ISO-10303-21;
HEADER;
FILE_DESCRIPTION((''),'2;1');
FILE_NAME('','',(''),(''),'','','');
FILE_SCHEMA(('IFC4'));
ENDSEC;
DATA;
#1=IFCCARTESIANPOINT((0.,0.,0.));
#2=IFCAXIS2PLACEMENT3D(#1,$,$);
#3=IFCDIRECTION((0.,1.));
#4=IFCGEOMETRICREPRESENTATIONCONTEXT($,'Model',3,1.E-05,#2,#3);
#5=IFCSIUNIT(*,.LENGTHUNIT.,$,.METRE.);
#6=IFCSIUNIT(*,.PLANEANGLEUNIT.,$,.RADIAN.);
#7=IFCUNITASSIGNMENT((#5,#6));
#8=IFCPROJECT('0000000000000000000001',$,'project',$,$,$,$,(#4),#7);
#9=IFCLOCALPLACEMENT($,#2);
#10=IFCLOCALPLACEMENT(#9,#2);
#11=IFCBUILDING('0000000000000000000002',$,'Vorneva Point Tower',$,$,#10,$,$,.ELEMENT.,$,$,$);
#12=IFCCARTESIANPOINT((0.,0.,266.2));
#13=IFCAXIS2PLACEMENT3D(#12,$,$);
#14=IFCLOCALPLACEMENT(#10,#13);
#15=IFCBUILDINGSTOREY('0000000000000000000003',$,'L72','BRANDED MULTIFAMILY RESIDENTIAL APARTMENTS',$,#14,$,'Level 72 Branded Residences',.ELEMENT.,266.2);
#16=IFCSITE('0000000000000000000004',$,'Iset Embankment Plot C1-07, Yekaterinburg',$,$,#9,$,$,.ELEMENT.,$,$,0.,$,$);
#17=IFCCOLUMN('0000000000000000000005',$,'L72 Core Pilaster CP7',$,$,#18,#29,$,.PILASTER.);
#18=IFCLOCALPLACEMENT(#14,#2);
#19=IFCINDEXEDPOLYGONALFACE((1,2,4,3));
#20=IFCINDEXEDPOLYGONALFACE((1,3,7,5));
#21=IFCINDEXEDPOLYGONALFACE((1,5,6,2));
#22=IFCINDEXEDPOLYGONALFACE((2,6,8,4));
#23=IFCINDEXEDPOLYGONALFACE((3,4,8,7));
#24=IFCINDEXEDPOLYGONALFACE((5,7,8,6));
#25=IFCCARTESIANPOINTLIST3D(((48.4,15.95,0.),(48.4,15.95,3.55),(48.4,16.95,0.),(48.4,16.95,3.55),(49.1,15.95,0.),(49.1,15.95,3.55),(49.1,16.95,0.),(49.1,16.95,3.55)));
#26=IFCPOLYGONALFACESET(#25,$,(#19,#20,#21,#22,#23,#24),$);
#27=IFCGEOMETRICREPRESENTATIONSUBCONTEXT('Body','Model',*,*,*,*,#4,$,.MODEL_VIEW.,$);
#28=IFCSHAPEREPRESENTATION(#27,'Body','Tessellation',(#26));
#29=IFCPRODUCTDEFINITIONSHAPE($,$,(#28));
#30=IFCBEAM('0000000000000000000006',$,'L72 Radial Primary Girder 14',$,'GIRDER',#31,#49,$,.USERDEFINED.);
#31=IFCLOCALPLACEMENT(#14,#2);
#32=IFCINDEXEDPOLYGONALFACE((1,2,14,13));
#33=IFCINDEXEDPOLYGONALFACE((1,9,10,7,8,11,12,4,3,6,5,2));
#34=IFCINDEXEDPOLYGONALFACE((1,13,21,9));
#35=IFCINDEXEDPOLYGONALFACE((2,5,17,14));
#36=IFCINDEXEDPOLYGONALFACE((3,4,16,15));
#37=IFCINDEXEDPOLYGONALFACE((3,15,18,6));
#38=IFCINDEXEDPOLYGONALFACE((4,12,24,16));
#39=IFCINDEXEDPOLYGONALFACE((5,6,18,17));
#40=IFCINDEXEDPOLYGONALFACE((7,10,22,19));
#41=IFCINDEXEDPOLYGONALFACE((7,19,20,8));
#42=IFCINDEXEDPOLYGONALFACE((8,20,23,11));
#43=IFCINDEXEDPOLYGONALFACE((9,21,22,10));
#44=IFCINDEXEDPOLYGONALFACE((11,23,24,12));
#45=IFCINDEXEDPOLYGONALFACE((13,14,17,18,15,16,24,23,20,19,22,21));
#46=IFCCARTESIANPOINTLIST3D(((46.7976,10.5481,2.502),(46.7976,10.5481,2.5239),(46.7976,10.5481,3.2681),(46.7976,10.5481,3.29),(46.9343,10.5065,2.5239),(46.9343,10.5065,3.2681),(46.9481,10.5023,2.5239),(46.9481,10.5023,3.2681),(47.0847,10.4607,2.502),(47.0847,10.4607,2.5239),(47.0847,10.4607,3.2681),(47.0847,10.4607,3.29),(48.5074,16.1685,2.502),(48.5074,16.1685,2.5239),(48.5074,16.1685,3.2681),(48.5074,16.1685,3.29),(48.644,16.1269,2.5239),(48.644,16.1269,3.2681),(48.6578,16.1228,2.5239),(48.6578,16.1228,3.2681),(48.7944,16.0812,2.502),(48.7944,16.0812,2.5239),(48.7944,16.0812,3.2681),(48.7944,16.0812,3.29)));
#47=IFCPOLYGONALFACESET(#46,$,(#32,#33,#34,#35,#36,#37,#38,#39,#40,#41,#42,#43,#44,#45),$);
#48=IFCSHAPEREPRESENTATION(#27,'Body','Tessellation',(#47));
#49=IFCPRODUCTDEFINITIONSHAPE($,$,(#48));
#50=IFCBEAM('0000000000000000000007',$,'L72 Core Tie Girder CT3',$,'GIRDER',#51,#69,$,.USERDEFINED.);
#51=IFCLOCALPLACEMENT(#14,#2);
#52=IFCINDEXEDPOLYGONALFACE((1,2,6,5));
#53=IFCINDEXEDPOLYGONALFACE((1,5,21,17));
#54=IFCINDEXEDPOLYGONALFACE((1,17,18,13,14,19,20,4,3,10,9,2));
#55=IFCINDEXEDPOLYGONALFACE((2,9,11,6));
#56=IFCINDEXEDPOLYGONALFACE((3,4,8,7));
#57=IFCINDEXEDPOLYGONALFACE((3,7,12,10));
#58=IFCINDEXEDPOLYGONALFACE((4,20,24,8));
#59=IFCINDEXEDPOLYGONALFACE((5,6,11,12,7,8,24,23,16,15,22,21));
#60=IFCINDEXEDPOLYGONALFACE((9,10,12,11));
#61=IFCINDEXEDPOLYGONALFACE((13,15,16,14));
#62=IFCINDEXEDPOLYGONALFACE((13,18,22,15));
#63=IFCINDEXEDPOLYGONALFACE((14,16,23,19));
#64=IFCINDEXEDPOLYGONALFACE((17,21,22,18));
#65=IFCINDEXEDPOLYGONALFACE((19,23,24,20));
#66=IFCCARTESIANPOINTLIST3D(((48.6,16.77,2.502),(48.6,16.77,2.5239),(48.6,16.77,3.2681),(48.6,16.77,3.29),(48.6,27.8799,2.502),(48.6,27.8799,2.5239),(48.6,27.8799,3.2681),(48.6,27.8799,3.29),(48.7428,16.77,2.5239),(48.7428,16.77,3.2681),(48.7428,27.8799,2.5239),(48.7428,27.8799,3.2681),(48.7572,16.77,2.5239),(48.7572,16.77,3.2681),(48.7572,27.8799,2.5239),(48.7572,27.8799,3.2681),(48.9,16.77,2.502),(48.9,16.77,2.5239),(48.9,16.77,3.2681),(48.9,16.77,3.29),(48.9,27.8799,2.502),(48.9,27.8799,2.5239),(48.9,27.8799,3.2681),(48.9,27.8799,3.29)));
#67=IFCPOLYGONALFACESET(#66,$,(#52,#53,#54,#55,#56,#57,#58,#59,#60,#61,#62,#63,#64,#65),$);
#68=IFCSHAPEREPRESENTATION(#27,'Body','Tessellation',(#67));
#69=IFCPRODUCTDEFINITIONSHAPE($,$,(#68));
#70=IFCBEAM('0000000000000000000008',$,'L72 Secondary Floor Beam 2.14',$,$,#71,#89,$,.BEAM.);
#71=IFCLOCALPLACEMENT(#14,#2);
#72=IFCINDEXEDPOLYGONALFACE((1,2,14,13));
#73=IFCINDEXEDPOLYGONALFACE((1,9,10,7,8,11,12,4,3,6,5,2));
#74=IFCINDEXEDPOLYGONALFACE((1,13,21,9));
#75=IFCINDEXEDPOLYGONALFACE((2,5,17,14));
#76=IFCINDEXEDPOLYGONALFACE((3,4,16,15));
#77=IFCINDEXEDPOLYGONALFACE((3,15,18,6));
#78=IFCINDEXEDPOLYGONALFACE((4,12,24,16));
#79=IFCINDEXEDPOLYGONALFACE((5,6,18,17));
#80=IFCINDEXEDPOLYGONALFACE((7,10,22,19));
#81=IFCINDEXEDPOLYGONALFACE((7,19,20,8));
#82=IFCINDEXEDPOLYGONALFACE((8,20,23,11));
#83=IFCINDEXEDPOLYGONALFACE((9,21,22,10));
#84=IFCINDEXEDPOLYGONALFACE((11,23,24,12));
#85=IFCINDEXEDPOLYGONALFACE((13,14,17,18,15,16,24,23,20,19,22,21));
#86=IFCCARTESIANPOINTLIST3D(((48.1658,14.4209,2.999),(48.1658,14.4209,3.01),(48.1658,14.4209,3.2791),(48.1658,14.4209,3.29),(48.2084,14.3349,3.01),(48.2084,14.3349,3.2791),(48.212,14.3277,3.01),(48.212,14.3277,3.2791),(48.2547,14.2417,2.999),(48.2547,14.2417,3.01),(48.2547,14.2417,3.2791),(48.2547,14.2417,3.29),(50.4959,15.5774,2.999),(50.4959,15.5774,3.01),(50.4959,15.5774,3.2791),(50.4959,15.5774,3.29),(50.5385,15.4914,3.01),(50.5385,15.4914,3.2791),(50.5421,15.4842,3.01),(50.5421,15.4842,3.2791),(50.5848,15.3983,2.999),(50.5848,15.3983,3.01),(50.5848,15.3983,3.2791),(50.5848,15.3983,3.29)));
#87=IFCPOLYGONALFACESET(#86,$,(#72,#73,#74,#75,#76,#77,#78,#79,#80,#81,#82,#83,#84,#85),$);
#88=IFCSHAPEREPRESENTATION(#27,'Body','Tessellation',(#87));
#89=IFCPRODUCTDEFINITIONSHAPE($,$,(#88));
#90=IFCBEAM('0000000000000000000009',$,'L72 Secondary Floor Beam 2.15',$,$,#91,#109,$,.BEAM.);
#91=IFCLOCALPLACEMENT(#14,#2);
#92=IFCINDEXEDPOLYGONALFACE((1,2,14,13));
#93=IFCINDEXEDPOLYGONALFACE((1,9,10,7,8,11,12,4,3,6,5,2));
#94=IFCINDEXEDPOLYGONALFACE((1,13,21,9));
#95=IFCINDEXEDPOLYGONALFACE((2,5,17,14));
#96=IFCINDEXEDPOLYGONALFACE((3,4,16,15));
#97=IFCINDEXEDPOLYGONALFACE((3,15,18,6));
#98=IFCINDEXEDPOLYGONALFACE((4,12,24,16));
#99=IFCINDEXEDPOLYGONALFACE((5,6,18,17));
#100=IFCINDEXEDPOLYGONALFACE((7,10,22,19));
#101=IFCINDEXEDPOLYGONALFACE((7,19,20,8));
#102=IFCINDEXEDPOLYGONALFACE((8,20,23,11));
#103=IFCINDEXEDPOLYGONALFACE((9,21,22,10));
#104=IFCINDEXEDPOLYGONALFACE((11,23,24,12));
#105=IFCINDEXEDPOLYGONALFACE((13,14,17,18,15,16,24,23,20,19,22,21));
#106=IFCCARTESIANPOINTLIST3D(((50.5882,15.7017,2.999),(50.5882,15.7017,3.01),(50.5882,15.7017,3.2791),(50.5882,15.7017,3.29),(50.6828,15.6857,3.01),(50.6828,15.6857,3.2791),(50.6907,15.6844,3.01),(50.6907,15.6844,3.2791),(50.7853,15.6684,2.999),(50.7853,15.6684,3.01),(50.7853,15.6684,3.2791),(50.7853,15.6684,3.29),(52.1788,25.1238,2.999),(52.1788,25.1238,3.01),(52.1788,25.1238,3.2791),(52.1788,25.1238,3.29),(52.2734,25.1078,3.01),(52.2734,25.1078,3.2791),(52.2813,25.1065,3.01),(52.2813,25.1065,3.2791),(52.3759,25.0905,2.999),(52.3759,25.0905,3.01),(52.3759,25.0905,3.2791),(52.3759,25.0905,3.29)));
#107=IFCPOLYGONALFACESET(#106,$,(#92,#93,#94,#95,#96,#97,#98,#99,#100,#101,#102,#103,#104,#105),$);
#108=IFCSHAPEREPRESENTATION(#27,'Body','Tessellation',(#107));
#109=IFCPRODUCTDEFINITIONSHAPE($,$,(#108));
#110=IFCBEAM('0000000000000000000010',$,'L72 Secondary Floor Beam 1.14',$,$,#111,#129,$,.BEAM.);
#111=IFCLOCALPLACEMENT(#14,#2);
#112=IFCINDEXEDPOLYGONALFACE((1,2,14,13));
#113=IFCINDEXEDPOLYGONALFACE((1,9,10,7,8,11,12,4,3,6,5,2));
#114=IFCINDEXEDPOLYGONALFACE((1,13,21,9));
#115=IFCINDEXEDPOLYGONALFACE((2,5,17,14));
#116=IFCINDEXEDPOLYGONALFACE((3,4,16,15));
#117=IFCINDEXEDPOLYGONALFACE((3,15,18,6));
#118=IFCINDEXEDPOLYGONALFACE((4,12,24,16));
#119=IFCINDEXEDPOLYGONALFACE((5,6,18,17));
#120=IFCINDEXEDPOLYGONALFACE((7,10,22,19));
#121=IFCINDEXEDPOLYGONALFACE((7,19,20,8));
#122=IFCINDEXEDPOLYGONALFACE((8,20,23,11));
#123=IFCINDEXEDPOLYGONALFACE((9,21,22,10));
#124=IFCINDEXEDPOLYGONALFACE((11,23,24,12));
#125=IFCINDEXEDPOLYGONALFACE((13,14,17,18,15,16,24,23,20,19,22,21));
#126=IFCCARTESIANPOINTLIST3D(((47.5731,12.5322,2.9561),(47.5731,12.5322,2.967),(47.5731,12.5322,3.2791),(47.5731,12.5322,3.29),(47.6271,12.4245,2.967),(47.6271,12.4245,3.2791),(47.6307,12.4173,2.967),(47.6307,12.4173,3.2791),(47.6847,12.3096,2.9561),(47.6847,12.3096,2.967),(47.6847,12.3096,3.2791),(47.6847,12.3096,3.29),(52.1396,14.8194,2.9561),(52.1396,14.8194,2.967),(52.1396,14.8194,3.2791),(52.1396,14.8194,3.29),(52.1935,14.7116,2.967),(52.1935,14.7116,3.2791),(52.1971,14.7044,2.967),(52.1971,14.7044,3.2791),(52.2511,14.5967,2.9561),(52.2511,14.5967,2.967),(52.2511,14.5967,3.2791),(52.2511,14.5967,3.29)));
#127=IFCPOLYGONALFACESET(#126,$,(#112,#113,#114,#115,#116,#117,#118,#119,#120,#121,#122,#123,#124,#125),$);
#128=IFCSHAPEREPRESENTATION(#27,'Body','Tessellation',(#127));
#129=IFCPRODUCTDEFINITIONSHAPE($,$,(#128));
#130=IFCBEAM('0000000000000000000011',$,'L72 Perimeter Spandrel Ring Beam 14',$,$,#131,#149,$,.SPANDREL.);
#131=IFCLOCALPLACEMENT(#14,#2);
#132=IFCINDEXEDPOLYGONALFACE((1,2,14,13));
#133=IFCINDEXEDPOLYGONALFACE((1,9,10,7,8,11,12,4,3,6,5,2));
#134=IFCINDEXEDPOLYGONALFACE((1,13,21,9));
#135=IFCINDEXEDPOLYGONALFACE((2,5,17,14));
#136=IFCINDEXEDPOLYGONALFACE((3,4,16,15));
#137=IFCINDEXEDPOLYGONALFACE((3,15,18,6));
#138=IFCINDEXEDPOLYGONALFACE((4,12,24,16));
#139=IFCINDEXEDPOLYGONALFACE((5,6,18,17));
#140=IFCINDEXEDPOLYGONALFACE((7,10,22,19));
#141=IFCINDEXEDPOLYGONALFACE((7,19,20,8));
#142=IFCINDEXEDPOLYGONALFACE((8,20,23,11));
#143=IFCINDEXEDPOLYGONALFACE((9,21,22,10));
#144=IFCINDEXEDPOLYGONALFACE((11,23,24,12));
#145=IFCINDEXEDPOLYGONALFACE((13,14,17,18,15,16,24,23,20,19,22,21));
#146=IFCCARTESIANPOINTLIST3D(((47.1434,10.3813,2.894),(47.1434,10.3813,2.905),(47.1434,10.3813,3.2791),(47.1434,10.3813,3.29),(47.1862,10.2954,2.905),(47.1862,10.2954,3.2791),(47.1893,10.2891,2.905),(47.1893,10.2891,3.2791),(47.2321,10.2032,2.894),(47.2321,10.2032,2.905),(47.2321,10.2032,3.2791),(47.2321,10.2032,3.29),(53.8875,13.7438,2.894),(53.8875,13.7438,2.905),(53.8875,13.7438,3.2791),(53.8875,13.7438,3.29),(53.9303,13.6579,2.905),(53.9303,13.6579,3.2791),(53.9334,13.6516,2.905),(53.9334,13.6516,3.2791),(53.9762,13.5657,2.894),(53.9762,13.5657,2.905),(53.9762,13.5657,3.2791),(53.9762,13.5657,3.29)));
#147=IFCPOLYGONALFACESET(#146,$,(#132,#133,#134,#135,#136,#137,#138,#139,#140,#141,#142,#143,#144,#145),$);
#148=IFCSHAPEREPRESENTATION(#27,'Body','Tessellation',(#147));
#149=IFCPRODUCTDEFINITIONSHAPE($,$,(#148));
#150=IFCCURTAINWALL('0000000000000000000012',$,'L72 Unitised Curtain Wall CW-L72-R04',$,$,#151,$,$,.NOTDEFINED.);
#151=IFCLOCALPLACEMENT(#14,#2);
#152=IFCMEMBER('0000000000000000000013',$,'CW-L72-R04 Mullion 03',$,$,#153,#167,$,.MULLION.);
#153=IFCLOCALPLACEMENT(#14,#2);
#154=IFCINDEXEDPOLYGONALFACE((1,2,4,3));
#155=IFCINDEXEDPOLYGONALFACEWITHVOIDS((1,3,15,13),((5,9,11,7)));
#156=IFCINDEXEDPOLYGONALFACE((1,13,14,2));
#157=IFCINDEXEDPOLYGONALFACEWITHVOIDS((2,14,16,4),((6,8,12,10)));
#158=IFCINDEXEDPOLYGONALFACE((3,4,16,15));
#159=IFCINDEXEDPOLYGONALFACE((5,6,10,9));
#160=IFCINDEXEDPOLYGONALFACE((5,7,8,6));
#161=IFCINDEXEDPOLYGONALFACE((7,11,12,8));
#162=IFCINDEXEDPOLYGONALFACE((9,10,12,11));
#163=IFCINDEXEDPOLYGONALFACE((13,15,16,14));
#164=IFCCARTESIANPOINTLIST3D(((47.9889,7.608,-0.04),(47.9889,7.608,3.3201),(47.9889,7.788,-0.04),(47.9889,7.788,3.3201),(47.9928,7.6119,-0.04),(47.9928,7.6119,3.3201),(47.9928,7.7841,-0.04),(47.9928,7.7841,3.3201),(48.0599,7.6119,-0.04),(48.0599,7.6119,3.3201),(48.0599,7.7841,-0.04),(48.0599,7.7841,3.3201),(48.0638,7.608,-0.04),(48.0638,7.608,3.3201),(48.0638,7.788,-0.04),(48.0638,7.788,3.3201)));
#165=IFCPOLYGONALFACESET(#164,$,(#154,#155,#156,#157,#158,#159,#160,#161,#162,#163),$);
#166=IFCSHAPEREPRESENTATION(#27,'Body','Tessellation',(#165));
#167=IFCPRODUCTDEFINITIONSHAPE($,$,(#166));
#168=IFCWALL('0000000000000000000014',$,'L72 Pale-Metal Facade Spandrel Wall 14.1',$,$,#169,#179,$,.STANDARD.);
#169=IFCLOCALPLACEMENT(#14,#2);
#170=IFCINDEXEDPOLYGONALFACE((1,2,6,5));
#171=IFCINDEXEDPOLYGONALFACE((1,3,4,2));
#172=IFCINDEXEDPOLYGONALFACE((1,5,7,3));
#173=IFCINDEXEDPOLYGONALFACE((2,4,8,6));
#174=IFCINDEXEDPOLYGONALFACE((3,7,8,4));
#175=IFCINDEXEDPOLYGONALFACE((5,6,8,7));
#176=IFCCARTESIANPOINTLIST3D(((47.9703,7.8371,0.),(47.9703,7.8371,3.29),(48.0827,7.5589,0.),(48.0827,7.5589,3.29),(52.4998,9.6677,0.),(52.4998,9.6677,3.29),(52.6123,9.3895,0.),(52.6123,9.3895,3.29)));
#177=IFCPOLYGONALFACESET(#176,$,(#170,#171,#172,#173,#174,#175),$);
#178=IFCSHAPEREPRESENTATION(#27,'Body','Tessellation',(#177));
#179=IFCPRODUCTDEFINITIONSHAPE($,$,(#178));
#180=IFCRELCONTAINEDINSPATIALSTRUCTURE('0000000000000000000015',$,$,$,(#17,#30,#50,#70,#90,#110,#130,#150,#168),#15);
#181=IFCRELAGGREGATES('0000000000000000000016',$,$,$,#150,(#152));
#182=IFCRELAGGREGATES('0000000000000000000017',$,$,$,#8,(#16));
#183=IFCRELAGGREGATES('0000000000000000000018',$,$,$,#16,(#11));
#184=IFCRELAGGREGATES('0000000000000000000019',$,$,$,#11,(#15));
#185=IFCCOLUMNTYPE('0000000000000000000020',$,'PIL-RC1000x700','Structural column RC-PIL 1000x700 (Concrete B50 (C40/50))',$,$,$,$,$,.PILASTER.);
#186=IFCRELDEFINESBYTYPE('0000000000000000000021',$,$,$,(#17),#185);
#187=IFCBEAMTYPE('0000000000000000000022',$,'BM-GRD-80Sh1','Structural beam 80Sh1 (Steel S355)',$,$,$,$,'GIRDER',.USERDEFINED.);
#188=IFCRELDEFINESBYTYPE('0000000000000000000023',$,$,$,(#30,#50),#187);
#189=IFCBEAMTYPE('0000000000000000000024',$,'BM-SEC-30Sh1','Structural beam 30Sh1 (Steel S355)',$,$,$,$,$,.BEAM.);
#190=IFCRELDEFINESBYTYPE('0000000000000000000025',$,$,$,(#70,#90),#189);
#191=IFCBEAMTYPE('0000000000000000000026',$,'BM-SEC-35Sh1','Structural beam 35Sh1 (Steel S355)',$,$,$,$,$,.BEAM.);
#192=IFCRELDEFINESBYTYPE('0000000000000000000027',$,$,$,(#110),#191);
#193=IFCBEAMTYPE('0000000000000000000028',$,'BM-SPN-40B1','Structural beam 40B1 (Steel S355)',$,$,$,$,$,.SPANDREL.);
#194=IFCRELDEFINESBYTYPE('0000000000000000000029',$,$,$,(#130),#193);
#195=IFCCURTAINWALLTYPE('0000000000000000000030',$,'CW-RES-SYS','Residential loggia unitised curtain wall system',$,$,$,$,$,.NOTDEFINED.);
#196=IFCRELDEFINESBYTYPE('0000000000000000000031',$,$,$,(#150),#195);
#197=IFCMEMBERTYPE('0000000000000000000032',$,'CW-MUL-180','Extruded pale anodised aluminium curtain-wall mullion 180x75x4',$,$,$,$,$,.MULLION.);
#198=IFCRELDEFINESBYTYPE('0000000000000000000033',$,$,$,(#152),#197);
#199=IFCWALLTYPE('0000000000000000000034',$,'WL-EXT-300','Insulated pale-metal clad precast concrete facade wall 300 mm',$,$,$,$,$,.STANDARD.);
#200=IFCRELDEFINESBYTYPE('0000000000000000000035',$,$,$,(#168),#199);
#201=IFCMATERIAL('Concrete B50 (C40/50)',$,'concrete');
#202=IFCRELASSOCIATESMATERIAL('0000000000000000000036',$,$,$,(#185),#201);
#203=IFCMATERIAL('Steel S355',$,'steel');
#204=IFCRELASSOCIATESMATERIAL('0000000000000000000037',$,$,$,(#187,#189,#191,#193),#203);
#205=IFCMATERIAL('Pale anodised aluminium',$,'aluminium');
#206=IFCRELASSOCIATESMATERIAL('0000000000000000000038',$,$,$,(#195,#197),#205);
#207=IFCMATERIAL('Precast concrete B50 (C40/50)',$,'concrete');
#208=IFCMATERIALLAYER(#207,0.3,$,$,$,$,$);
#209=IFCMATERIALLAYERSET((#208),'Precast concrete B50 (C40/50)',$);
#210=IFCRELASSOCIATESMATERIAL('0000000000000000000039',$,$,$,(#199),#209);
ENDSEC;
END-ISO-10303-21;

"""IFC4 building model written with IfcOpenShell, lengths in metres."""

from ifc_helpers import new_model, si_unit, direction, frame, frame_2d, origin, origin_2d, place, context, subcontext, project, spatial, rectangle, hollow_rectangle, i_section, extrude, material, layer, layer_set, material_profile, profile_set, type_object, element, aggregate, save


model = new_model("IFC4")

# Units and contexts
model_context = context("Model", 3, precision=1e-05, world=origin(), true_north=direction((0.0, 1.0)))
body_context = subcontext(model_context, "Body", "Model", "MODEL_VIEW")
ifc_project = project(units=[si_unit("LENGTHUNIT", "METRE"), si_unit("PLANEANGLEUNIT", "RADIAN")], contexts=[model_context])

# Site, building, storey
site_placement = place(None, origin())
site = spatial("IfcSite", under=ifc_project, at=site_placement, Name="Iset Embankment Plot C1-07, Yekaterinburg", CompositionType="ELEMENT", RefElevation=0.0)
building_placement = place(site_placement, origin())
building = spatial("IfcBuilding", under=site, at=building_placement, Name="Vorneva Point Tower", CompositionType="ELEMENT")
storey_placement = place(building_placement, frame((0.0, 0.0, 266.2)))
storey = spatial("IfcBuildingStorey", under=building, at=storey_placement, Name="L72", Description="BRANDED MULTIFAMILY RESIDENTIAL APARTMENTS", LongName="Level 72 Branded Residences", CompositionType="ELEMENT", Elevation=266.2)

# Column
ifc_material_1 = material(Name="Concrete B50 (C40/50)", Category="concrete")
ifc_material_profile_1 = material_profile(ifc_material_1, rectangle(XDim=0.7, YDim=1.0, at=origin_2d()), Name="RC-PIL 1000x700")
ifc_profile_set_1 = profile_set([ifc_material_profile_1], Name="Concrete B50 (C40/50)")
column_type_1 = type_object("IfcColumnType", Name="PIL-RC1000x700", Description="Structural column RC-PIL 1000x700 (Concrete B50 (C40/50))", PredefinedType="PILASTER", material=ifc_profile_set_1)
column_1_placement = place(storey_placement, frame((48.75, 16.45, 0.0), z_axis=(0.0, 0.0, 1.0), x_axis=(1.0, 0.0, 0.0)))
element("IfcColumn", 1, at=column_1_placement, inside=storey, type_object=column_type_1, Name="L72 Core Pilaster CP7", PredefinedType="PILASTER", context=body_context, shape_type="SweptSolid", body=[
    extrude(rectangle(XDim=0.7, YDim=1.0, at=origin_2d()), origin(), (0.0, 0.0, 1.0), 3.55),
])

# Beams
ifc_material_2 = material(Name="Steel S355", Category="steel")
ifc_material_profile_2 = material_profile(ifc_material_2, i_section(OverallWidth=0.3, OverallDepth=0.7881, WebThickness=0.0144, FlangeThickness=0.022, at=origin_2d()), Name="80Sh1")
ifc_profile_set_2 = profile_set([ifc_material_profile_2], Name="Steel S355")
beam_type_1 = type_object("IfcBeamType", Name="BM-GRD-80Sh1", Description="Structural beam 80Sh1 (Steel S355)", ElementType="GIRDER", PredefinedType="USERDEFINED", material=ifc_profile_set_2)
beam_1_placement = place(storey_placement, frame((46.9412, 10.5044, 2.896), z_axis=(0.291033, 0.956713, 0.0), x_axis=(-0.956713, 0.291033, 0.0)))
element("IfcBeam", 2, at=beam_1_placement, inside=storey, type_object=beam_type_1, Name="L72 Radial Primary Girder 14", ObjectType="GIRDER", PredefinedType="USERDEFINED", context=body_context, shape_type="SweptSolid", body=[
    extrude(i_section(OverallWidth=0.3, OverallDepth=0.7881, WebThickness=0.0144, FlangeThickness=0.022, at=origin_2d()), origin(), (0.0, 0.0, 1.0), 5.8748),
])
beam_2_placement = place(storey_placement, frame((48.75, 16.77, 2.896), z_axis=(0.0, 1.0, 0.0), x_axis=(-1.0, 0.0, 0.0)))
element("IfcBeam", 3, at=beam_2_placement, inside=storey, type_object=beam_type_1, Name="L72 Core Tie Girder CT3", ObjectType="GIRDER", PredefinedType="USERDEFINED", context=body_context, shape_type="SweptSolid", body=[
    extrude(i_section(OverallWidth=0.3, OverallDepth=0.7881, WebThickness=0.0144, FlangeThickness=0.022, at=origin_2d()), origin(), (0.0, 0.0, 1.0), 11.1099),
])
ifc_material_profile_3 = material_profile(ifc_material_2, i_section(OverallWidth=0.2, OverallDepth=0.291, WebThickness=0.0081, FlangeThickness=0.011, at=origin_2d()), Name="30Sh1")
ifc_profile_set_3 = profile_set([ifc_material_profile_3], Name="Steel S355")
beam_type_2 = type_object("IfcBeamType", Name="BM-SEC-30Sh1", Description="Structural beam 30Sh1 (Steel S355)", PredefinedType="BEAM", material=ifc_profile_set_3)
beam_3_placement = place(storey_placement, frame((48.2102, 14.3313, 3.1445), z_axis=(0.895737, 0.444584, 0.0), x_axis=(-0.444584, 0.895737, 0.0)))
element("IfcBeam", 4, at=beam_3_placement, inside=storey, type_object=beam_type_2, Name="L72 Secondary Floor Beam 2.14", PredefinedType="BEAM", context=body_context, shape_type="SweptSolid", body=[
    extrude(i_section(OverallWidth=0.2, OverallDepth=0.291, WebThickness=0.0081, FlangeThickness=0.011, at=origin_2d()), origin(), (0.0, 0.0, 1.0), 2.6013),
])
beam_4_placement = place(storey_placement, frame((50.6868, 15.6851, 3.1445), z_axis=(0.166458, 0.986049, 0.0), x_axis=(-0.986049, 0.166458, 0.0)))
element("IfcBeam", 5, at=beam_4_placement, inside=storey, type_object=beam_type_2, Name="L72 Secondary Floor Beam 2.15", PredefinedType="BEAM", context=body_context, shape_type="SweptSolid", body=[
    extrude(i_section(OverallWidth=0.2, OverallDepth=0.291, WebThickness=0.0081, FlangeThickness=0.011, at=origin_2d()), origin(), (0.0, 0.0, 1.0), 9.5554),
])
ifc_material_profile_4 = material_profile(ifc_material_2, i_section(OverallWidth=0.249, OverallDepth=0.334, WebThickness=0.0081, FlangeThickness=0.011, at=origin_2d()), Name="35Sh1")
ifc_profile_set_4 = profile_set([ifc_material_profile_4], Name="Steel S355")
beam_type_3 = type_object("IfcBeamType", Name="BM-SEC-35Sh1", Description="Structural beam 35Sh1 (Steel S355)", PredefinedType="BEAM", material=ifc_profile_set_4)
beam_5_placement = place(storey_placement, frame((47.6289, 12.4209, 3.123), z_axis=(0.894121, 0.447825, 0.0), x_axis=(-0.447825, 0.894121, 0.0)))
element("IfcBeam", 6, at=beam_5_placement, inside=storey, type_object=beam_type_3, Name="L72 Secondary Floor Beam 1.14", PredefinedType="BEAM", context=body_context, shape_type="SweptSolid", body=[
    extrude(i_section(OverallWidth=0.249, OverallDepth=0.334, WebThickness=0.0081, FlangeThickness=0.011, at=origin_2d()), origin(), (0.0, 0.0, 1.0), 5.1072),
])
ifc_material_profile_5 = material_profile(ifc_material_2, i_section(OverallWidth=0.199, OverallDepth=0.396, WebThickness=0.0071, FlangeThickness=0.011, at=origin_2d()), Name="40B1")
ifc_profile_set_5 = profile_set([ifc_material_profile_5], Name="Steel S355")
beam_type_4 = type_object("IfcBeamType", Name="BM-SPN-40B1", Description="Structural beam 40B1 (Steel S355)", PredefinedType="SPANDREL", material=ifc_profile_set_5)
beam_6_placement = place(storey_placement, frame((47.1877, 10.2922, 3.092), z_axis=(0.894932, 0.446203, 0.0), x_axis=(-0.446203, 0.894932, 0.0)))
element("IfcBeam", 7, at=beam_6_placement, inside=storey, type_object=beam_type_4, Name="L72 Perimeter Spandrel Ring Beam 14", PredefinedType="SPANDREL", context=body_context, shape_type="SweptSolid", body=[
    extrude(i_section(OverallWidth=0.199, OverallDepth=0.396, WebThickness=0.0071, FlangeThickness=0.011, at=origin_2d()), origin(), (0.0, 0.0, 1.0), 7.5359),
])

# Curtain wall, member
ifc_material_3 = material(Name="Pale anodised aluminium", Category="aluminium")
curtain_wall_type = type_object("IfcCurtainWallType", Name="CW-RES-SYS", Description="Residential loggia unitised curtain wall system", PredefinedType="NOTDEFINED", material=ifc_material_3)
curtain_wall_placement = place(storey_placement, origin())
curtain_wall = element("IfcCurtainWall", 8, at=curtain_wall_placement, inside=storey, type_object=curtain_wall_type, Name="L72 Unitised Curtain Wall CW-L72-R04", PredefinedType="NOTDEFINED")
ifc_material_profile_6 = material_profile(ifc_material_3, hollow_rectangle(XDim=0.075, YDim=0.1799, WallThickness=0.0039, at=origin_2d()), Name="AL-MUL 180x75x4")
ifc_profile_set_6 = profile_set([ifc_material_profile_6], Name="Pale anodised aluminium")
member_type = type_object("IfcMemberType", Name="CW-MUL-180", Description="Extruded pale anodised aluminium curtain-wall mullion 180x75x4", PredefinedType="MULLION", material=ifc_profile_set_6)
member_placement = place(storey_placement, frame((48.0264, 7.698, -0.04), z_axis=(0.0, 0.0, 1.0), x_axis=(1.0, 0.0, 0.0)))
member = element("IfcMember", 9, at=member_placement, type_object=member_type, Name="CW-L72-R04 Mullion 03", PredefinedType="MULLION", context=body_context, shape_type="SweptSolid", body=[
    extrude(hollow_rectangle(XDim=0.075, YDim=0.1799, WallThickness=0.0039, at=origin_2d()), origin(), (0.0, 0.0, 1.0), 3.3601),
])
aggregate(curtain_wall, [member])

# Wall
ifc_material_4 = material(Name="Precast concrete B50 (C40/50)", Category="concrete")
ifc_layer_1 = layer(ifc_material_4, 0.3)
ifc_layer_set_1 = layer_set([ifc_layer_1], Name="Precast concrete B50 (C40/50)")
wall_type_1 = type_object("IfcWallType", Name="WL-EXT-300", Description="Insulated pale-metal clad precast concrete facade wall 300 mm", PredefinedType="STANDARD", material=ifc_layer_set_1)
wall_1_placement = place(storey_placement, frame((48.0264, 7.698, 0.0), z_axis=(0.0, 0.0, 1.0), x_axis=(0.927147, 0.374697, 0.0)))
element("IfcWall", 10, at=wall_1_placement, inside=storey, type_object=wall_type_1, Name="L72 Pale-Metal Facade Spandrel Wall 14.1", PredefinedType="STANDARD", context=body_context, shape_type="SweptSolid", body=[
    extrude(rectangle(XDim=4.8855, YDim=0.3, at=frame_2d((2.4429, 0.0))), origin(), (0.0, 0.0, 1.0), 3.29),
])

save(model, "model.ifc")
